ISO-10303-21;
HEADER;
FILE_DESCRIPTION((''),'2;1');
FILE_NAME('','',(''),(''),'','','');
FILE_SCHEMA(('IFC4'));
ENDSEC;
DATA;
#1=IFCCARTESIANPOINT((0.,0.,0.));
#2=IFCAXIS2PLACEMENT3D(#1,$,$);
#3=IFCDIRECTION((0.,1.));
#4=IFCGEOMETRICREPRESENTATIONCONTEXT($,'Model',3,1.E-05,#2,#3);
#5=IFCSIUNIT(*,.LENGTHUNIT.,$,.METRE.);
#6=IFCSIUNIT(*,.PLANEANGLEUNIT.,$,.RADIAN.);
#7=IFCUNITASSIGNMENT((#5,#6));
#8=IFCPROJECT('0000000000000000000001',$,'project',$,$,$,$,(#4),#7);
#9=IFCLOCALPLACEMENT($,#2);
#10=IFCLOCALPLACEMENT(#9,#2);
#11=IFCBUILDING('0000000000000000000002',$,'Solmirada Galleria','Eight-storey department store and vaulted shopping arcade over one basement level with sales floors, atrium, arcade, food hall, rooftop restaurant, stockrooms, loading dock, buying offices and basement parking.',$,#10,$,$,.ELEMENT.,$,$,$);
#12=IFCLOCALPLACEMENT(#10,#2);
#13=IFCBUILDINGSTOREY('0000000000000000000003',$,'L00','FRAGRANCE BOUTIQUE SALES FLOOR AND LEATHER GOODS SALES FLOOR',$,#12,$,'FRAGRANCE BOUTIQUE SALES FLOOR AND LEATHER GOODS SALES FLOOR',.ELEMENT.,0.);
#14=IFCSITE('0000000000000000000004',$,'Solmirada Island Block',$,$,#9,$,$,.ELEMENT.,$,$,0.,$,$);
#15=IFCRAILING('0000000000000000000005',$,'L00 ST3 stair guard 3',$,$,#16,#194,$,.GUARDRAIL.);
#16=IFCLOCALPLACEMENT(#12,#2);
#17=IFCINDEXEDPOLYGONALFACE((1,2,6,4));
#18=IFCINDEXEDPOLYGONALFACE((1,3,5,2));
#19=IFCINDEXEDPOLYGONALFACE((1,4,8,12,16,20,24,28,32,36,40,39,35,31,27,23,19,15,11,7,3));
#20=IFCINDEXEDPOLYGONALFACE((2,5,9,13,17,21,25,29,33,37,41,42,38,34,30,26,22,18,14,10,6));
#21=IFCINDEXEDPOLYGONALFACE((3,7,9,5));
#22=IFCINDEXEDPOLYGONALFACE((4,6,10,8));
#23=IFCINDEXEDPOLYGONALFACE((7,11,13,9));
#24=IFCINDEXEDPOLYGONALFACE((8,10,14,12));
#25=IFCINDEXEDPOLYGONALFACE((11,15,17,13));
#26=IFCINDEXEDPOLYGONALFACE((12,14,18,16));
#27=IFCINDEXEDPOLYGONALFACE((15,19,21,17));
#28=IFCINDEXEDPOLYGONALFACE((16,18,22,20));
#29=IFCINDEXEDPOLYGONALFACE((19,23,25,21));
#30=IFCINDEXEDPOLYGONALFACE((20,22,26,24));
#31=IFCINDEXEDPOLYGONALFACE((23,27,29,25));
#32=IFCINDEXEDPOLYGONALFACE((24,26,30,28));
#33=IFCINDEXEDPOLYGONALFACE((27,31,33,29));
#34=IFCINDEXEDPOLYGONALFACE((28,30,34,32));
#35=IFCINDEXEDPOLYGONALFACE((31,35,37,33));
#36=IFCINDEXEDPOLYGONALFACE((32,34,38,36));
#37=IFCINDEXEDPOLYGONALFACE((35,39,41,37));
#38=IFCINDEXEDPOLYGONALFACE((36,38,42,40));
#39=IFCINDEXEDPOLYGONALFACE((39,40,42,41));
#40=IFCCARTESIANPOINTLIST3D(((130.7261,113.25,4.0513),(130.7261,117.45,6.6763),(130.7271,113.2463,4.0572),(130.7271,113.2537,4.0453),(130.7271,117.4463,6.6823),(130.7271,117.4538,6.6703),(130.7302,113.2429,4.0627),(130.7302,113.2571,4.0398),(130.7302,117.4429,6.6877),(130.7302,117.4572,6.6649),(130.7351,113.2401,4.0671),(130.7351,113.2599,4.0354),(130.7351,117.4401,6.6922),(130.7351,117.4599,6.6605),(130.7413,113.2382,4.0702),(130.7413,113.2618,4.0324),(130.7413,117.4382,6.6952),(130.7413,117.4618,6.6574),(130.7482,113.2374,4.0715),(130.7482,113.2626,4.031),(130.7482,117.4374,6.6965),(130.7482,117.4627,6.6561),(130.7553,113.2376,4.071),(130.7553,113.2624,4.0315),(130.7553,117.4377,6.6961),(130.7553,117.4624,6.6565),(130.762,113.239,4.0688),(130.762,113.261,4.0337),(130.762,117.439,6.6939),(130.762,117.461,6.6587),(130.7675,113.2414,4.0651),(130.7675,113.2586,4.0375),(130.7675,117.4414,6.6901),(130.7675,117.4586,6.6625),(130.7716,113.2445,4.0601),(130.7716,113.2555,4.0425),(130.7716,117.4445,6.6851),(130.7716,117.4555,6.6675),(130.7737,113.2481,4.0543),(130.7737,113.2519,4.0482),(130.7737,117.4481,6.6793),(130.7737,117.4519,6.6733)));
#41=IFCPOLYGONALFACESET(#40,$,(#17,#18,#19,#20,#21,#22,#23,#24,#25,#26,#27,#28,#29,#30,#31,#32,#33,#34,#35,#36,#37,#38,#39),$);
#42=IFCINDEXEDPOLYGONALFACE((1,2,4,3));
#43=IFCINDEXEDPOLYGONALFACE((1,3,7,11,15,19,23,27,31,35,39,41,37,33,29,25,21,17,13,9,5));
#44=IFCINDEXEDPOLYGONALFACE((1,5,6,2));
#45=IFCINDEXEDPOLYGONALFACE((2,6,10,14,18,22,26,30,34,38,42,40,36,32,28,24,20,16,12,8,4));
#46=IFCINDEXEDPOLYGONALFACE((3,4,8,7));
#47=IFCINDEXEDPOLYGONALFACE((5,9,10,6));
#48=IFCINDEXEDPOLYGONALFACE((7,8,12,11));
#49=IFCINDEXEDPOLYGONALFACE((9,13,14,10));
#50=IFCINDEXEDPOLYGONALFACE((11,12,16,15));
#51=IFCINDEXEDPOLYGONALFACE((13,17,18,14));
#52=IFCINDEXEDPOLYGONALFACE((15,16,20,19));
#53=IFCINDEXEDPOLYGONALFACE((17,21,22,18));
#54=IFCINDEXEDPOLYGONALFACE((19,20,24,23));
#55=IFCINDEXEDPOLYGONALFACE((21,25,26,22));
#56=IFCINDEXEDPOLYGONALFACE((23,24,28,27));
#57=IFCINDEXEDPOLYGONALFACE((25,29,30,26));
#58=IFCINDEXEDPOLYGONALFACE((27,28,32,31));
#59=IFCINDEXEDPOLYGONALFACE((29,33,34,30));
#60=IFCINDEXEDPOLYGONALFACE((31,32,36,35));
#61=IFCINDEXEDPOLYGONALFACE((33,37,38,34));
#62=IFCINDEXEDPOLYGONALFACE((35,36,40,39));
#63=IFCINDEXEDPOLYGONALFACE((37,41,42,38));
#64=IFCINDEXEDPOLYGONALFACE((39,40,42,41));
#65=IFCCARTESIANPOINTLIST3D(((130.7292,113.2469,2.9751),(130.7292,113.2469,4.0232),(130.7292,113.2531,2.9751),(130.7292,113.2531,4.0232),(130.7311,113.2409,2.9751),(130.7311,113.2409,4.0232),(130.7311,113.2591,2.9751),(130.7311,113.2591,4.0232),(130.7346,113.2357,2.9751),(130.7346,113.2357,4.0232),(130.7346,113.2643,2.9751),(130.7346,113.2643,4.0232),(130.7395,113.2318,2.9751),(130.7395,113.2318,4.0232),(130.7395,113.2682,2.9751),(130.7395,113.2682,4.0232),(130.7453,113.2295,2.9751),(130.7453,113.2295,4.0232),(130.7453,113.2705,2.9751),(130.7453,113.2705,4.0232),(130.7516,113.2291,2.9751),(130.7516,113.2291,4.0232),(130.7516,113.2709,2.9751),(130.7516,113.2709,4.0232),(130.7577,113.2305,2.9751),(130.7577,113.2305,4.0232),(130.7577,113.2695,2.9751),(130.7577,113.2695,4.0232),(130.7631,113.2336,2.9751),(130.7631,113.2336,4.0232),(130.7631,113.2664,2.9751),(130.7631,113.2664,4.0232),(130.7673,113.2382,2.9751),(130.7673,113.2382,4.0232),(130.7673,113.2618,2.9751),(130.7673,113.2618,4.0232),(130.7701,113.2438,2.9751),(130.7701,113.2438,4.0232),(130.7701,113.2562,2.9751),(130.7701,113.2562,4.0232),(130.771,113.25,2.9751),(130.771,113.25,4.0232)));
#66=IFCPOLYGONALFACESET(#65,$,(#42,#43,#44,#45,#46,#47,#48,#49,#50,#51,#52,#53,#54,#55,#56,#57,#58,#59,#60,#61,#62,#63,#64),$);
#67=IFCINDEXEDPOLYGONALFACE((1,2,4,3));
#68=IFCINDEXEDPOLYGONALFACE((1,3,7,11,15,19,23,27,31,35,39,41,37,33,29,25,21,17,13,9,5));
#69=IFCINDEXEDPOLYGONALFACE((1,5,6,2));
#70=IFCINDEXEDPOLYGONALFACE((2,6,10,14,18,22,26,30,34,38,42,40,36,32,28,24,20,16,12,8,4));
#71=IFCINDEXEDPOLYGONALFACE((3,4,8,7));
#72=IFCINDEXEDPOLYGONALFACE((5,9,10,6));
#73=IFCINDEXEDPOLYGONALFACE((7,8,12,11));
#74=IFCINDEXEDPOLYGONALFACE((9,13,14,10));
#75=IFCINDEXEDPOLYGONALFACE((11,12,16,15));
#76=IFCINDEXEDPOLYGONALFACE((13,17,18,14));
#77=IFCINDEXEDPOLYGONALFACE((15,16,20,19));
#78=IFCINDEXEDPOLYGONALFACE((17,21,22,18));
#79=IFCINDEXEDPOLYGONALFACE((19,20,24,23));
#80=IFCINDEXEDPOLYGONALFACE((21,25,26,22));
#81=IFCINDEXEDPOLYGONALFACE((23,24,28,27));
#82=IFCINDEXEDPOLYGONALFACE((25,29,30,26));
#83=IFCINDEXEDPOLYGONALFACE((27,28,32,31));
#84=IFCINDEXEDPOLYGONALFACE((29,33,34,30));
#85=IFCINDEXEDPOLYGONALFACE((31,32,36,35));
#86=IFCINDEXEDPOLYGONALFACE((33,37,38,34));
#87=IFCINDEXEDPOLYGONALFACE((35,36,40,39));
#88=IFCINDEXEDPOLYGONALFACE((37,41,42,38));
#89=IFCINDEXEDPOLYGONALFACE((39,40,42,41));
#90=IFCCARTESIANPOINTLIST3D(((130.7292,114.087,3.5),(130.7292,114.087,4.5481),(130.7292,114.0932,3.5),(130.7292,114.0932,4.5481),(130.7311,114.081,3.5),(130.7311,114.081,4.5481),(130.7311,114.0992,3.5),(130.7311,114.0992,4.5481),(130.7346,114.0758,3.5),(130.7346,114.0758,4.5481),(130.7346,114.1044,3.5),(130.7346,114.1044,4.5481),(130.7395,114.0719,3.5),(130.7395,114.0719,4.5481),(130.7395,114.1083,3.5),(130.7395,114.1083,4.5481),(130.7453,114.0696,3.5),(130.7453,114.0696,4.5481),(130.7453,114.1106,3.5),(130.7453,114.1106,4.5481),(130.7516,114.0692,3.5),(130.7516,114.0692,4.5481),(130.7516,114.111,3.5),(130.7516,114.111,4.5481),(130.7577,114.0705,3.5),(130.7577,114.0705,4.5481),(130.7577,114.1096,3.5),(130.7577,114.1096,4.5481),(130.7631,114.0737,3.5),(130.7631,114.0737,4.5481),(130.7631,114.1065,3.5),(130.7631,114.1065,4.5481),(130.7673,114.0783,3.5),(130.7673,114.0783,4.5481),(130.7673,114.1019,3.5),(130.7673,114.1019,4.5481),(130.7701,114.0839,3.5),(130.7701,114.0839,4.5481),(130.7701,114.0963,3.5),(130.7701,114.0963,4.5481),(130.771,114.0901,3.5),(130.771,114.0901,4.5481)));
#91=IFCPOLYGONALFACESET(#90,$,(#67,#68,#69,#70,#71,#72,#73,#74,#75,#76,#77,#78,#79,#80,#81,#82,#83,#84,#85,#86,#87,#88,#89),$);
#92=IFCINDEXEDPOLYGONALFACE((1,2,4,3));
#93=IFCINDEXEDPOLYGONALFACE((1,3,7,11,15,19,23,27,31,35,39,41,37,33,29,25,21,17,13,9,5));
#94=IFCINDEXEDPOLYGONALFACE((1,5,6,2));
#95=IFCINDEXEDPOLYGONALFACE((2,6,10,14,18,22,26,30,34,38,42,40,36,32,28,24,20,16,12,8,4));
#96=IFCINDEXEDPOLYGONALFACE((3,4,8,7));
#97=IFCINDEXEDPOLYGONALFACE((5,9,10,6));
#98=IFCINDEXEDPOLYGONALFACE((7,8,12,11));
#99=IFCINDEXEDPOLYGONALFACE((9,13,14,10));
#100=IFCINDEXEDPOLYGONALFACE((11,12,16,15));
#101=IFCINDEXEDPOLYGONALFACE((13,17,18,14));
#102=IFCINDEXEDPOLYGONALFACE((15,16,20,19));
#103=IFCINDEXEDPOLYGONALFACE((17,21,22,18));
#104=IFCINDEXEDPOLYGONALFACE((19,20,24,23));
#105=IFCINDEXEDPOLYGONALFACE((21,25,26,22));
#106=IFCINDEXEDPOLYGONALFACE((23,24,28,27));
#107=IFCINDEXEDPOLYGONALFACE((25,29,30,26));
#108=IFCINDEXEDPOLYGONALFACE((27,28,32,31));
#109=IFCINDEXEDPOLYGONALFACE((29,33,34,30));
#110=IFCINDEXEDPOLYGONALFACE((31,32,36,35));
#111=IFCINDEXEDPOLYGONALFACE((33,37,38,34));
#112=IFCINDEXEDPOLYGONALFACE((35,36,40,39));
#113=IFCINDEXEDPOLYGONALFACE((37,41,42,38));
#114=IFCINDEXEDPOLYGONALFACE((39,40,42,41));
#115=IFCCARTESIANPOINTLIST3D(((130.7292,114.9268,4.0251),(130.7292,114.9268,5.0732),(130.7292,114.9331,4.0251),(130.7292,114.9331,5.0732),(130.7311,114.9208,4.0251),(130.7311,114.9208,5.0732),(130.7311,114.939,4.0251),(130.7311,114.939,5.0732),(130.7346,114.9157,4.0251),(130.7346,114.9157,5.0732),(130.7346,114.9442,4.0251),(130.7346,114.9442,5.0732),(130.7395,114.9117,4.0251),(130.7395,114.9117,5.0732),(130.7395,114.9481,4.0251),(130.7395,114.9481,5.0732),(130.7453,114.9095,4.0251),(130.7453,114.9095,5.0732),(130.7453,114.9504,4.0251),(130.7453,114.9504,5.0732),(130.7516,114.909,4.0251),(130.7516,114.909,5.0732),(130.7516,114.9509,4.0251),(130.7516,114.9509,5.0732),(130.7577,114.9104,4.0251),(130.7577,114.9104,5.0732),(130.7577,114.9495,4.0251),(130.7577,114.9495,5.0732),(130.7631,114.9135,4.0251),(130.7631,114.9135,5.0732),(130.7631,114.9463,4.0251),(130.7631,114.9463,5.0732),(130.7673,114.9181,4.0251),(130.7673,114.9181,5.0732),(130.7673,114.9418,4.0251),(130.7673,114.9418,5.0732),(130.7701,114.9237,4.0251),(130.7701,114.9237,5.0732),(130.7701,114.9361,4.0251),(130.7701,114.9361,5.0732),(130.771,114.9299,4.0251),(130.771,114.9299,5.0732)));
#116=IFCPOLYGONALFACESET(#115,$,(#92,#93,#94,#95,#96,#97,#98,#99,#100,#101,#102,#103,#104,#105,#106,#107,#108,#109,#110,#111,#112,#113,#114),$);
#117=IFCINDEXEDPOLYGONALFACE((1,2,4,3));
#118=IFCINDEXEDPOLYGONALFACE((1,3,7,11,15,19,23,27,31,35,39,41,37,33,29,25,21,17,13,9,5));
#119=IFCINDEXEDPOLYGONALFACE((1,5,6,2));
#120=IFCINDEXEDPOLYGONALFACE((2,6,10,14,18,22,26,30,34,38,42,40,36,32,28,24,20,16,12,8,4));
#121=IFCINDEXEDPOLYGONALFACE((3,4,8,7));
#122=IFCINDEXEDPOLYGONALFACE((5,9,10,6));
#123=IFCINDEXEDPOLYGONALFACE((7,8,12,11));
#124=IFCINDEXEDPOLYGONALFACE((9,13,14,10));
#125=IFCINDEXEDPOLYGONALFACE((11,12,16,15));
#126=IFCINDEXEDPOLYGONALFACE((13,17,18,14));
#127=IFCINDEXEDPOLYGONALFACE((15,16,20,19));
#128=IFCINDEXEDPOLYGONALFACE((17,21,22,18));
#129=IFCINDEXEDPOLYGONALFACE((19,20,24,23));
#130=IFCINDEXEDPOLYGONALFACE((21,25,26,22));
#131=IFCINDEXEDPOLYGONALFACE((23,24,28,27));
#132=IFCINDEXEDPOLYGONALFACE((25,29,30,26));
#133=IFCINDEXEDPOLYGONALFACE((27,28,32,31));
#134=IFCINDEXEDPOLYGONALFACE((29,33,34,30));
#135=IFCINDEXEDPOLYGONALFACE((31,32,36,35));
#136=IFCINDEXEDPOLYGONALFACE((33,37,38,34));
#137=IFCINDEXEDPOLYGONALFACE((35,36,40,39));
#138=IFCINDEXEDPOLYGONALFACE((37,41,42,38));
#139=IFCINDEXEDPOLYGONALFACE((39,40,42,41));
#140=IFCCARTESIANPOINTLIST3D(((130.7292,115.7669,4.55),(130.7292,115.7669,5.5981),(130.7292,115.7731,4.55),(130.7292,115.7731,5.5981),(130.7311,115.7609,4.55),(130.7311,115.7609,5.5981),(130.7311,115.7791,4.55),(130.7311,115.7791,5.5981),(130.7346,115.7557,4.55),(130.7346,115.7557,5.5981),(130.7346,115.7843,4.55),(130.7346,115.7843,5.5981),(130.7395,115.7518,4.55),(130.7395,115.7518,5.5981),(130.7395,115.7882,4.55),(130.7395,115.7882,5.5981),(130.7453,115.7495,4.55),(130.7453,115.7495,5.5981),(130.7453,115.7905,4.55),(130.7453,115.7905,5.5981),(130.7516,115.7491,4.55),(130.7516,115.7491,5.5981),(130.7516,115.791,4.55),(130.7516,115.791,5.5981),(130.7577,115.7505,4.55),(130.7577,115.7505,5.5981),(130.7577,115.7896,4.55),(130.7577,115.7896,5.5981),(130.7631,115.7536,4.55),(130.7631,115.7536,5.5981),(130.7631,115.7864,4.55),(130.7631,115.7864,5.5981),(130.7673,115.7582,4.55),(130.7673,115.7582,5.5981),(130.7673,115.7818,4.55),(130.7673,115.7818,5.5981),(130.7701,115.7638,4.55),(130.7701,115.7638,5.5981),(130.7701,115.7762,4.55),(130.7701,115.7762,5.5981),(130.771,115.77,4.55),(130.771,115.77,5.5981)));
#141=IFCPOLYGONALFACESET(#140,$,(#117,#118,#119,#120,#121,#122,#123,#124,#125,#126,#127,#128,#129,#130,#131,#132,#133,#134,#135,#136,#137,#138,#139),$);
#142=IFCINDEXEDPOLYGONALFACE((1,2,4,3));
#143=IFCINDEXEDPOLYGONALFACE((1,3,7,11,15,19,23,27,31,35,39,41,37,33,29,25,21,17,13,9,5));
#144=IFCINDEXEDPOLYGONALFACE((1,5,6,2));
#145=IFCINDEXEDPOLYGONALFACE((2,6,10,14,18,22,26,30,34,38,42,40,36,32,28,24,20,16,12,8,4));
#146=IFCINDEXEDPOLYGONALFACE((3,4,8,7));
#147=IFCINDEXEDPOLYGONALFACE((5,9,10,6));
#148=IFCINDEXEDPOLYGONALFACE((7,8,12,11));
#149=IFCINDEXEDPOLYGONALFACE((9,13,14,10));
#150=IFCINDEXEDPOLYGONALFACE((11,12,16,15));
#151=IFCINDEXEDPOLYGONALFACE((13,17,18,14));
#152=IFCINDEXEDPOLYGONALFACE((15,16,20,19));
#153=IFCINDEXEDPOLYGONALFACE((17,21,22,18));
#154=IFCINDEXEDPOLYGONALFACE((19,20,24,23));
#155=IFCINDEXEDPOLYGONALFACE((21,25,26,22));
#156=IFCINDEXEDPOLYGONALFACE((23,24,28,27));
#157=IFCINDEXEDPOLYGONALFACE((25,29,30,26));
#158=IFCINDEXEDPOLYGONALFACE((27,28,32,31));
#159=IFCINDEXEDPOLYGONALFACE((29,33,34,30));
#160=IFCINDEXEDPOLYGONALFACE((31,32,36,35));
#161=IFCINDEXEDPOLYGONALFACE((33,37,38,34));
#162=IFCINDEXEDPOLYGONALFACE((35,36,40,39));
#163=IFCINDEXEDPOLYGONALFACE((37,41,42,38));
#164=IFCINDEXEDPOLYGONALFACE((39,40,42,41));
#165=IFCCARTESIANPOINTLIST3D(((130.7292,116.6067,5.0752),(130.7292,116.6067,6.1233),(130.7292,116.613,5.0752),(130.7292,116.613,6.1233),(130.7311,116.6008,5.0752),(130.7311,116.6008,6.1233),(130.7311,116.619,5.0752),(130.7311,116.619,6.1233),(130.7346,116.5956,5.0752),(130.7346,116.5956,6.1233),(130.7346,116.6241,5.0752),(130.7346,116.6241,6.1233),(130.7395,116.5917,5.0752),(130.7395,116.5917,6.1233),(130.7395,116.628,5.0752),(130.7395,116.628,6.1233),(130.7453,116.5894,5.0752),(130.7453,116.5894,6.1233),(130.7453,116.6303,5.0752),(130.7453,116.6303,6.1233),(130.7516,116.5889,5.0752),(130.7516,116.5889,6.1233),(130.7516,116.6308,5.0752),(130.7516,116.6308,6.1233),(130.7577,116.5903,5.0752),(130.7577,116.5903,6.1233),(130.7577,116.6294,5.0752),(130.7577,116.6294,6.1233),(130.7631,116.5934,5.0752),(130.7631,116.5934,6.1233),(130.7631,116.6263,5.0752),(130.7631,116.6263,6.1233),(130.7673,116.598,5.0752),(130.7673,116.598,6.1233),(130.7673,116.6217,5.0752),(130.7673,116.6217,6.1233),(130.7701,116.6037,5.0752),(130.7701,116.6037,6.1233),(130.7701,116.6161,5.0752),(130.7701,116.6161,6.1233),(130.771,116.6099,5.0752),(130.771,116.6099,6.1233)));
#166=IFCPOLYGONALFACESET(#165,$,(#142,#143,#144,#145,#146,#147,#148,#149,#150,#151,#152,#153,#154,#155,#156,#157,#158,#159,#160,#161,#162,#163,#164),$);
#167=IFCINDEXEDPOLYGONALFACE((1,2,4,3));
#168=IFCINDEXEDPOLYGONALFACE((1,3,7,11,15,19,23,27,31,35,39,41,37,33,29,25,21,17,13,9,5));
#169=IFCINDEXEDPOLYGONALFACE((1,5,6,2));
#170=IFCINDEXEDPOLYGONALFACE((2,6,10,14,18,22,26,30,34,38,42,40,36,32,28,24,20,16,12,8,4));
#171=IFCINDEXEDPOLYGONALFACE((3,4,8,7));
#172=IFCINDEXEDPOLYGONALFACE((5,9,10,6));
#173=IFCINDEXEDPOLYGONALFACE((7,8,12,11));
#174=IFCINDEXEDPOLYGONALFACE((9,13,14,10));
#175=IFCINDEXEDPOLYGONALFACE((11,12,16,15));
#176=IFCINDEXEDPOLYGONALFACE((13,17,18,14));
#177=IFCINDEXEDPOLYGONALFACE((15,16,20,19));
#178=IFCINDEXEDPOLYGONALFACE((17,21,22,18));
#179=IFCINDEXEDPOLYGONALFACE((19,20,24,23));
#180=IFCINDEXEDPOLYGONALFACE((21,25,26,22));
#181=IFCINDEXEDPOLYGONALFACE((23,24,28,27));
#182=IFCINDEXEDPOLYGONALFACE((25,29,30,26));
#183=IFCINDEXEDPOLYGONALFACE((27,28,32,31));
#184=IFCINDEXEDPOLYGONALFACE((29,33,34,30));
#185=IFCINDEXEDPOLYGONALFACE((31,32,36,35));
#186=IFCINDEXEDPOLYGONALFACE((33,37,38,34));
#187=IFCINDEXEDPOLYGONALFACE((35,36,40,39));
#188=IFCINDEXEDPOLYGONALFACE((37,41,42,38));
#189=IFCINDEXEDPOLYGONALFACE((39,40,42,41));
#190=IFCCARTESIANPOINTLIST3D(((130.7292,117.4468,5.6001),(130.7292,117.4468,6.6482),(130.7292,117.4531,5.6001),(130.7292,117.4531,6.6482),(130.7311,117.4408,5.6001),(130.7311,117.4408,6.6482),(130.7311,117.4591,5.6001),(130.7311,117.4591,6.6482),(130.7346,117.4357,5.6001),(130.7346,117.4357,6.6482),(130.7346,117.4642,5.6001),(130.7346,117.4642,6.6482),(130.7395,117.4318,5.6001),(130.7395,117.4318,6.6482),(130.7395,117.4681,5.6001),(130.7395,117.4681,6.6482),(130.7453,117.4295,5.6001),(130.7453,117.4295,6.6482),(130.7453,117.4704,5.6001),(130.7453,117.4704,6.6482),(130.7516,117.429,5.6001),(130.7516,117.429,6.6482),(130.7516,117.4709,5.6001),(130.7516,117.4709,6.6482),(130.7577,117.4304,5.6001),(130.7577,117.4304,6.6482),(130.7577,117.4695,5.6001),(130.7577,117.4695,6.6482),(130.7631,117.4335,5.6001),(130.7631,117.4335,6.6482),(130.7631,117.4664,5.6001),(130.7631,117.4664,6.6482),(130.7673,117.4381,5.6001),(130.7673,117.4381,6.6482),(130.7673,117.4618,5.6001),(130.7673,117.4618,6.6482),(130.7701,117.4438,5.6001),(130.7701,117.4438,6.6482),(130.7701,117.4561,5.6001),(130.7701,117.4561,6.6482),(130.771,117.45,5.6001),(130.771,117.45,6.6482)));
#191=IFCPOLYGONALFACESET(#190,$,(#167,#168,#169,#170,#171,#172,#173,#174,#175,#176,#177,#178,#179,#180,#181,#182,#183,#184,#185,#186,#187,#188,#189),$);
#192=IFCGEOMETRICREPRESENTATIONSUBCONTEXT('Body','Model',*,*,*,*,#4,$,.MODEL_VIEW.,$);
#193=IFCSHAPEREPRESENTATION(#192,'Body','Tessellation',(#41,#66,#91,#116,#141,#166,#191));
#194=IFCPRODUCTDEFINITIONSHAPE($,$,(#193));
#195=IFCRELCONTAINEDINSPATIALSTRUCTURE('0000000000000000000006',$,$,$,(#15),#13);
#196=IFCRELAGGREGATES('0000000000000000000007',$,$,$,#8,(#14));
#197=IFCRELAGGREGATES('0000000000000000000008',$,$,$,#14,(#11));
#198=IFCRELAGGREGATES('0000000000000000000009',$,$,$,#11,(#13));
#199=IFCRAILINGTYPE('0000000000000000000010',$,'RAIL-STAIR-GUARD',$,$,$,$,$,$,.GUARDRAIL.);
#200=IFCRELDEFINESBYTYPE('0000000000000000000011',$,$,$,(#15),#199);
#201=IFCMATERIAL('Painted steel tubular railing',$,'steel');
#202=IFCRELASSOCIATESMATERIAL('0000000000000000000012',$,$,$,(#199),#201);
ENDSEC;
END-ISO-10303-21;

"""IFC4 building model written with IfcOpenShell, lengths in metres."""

from ifc_helpers import new_model, si_unit, direction, frame, origin, origin_2d, place, context, subcontext, project, spatial, circle, extrude, material, type_object, element, save


model = new_model("IFC4")

# Units and contexts
model_context = context("Model", 3, precision=1e-05, world=origin(), true_north=direction((0.0, 1.0)))
body_context = subcontext(model_context, "Body", "Model", "MODEL_VIEW")
ifc_project = project(units=[si_unit("LENGTHUNIT", "METRE"), si_unit("PLANEANGLEUNIT", "RADIAN")], contexts=[model_context])

# Site, building, storey
site_placement = place(None, origin())
site = spatial("IfcSite", under=ifc_project, at=site_placement, Name="Solmirada Island Block", CompositionType="ELEMENT", RefElevation=0.0)
building_placement = place(site_placement, origin())
building = spatial("IfcBuilding", under=site, at=building_placement, Name="Solmirada Galleria", Description="Eight-storey department store and vaulted shopping arcade over one basement level with sales floors, atrium, arcade, food hall, rooftop restaurant, stockrooms, loading dock, buying offices and basement parking.", CompositionType="ELEMENT")
storey_placement = place(building_placement, origin())
storey = spatial("IfcBuildingStorey", under=building, at=storey_placement, Name="L00", Description="FRAGRANCE BOUTIQUE SALES FLOOR AND LEATHER GOODS SALES FLOOR", LongName="FRAGRANCE BOUTIQUE SALES FLOOR AND LEATHER GOODS SALES FLOOR", CompositionType="ELEMENT", Elevation=0.0)

# Railing
ifc_material_1 = material(Name="Painted steel tubular railing", Category="steel")
railing_type = type_object("IfcRailingType", Name="RAIL-STAIR-GUARD", PredefinedType="GUARDRAIL", material=ifc_material_1)
railing_1_placement = place(storey_placement, frame((130.75, 113.25, 2.9751)))
element("IfcRailing", 1, at=railing_1_placement, inside=storey, type_object=railing_type, Name="L00 ST3 stair guard 3", PredefinedType="GUARDRAIL", context=body_context, shape_type="SweptSolid", body=[
    extrude(circle(Radius=0.0239, at=origin_2d()), frame((0.0, 0.0, 1.0762), z_axis=(0.0, 0.847996, 0.530003), x_axis=(-1.0, 0.0, 0.0)), (0.0, 0.0, 1.0), 4.9529),
    extrude(circle(Radius=0.021, at=origin_2d()), origin(), (0.0, 0.0, 1.0), 1.0481),
    extrude(circle(Radius=0.021, at=origin_2d()), frame((0.0, 0.8401, 0.5249)), (0.0, 0.0, 1.0), 1.0481),
    extrude(circle(Radius=0.021, at=origin_2d()), frame((0.0, 1.6799, 1.05)), (0.0, 0.0, 1.0), 1.0481),
    extrude(circle(Radius=0.021, at=origin_2d()), frame((0.0, 2.52, 1.575)), (0.0, 0.0, 1.0), 1.0481),
    extrude(circle(Radius=0.021, at=origin_2d()), frame((0.0, 3.3599, 2.1001)), (0.0, 0.0, 1.0), 1.0481),
    extrude(circle(Radius=0.021, at=origin_2d()), frame((0.0, 4.2, 2.625)), (0.0, 0.0, 1.0), 1.0481),
])

save(model, "model.ifc")
